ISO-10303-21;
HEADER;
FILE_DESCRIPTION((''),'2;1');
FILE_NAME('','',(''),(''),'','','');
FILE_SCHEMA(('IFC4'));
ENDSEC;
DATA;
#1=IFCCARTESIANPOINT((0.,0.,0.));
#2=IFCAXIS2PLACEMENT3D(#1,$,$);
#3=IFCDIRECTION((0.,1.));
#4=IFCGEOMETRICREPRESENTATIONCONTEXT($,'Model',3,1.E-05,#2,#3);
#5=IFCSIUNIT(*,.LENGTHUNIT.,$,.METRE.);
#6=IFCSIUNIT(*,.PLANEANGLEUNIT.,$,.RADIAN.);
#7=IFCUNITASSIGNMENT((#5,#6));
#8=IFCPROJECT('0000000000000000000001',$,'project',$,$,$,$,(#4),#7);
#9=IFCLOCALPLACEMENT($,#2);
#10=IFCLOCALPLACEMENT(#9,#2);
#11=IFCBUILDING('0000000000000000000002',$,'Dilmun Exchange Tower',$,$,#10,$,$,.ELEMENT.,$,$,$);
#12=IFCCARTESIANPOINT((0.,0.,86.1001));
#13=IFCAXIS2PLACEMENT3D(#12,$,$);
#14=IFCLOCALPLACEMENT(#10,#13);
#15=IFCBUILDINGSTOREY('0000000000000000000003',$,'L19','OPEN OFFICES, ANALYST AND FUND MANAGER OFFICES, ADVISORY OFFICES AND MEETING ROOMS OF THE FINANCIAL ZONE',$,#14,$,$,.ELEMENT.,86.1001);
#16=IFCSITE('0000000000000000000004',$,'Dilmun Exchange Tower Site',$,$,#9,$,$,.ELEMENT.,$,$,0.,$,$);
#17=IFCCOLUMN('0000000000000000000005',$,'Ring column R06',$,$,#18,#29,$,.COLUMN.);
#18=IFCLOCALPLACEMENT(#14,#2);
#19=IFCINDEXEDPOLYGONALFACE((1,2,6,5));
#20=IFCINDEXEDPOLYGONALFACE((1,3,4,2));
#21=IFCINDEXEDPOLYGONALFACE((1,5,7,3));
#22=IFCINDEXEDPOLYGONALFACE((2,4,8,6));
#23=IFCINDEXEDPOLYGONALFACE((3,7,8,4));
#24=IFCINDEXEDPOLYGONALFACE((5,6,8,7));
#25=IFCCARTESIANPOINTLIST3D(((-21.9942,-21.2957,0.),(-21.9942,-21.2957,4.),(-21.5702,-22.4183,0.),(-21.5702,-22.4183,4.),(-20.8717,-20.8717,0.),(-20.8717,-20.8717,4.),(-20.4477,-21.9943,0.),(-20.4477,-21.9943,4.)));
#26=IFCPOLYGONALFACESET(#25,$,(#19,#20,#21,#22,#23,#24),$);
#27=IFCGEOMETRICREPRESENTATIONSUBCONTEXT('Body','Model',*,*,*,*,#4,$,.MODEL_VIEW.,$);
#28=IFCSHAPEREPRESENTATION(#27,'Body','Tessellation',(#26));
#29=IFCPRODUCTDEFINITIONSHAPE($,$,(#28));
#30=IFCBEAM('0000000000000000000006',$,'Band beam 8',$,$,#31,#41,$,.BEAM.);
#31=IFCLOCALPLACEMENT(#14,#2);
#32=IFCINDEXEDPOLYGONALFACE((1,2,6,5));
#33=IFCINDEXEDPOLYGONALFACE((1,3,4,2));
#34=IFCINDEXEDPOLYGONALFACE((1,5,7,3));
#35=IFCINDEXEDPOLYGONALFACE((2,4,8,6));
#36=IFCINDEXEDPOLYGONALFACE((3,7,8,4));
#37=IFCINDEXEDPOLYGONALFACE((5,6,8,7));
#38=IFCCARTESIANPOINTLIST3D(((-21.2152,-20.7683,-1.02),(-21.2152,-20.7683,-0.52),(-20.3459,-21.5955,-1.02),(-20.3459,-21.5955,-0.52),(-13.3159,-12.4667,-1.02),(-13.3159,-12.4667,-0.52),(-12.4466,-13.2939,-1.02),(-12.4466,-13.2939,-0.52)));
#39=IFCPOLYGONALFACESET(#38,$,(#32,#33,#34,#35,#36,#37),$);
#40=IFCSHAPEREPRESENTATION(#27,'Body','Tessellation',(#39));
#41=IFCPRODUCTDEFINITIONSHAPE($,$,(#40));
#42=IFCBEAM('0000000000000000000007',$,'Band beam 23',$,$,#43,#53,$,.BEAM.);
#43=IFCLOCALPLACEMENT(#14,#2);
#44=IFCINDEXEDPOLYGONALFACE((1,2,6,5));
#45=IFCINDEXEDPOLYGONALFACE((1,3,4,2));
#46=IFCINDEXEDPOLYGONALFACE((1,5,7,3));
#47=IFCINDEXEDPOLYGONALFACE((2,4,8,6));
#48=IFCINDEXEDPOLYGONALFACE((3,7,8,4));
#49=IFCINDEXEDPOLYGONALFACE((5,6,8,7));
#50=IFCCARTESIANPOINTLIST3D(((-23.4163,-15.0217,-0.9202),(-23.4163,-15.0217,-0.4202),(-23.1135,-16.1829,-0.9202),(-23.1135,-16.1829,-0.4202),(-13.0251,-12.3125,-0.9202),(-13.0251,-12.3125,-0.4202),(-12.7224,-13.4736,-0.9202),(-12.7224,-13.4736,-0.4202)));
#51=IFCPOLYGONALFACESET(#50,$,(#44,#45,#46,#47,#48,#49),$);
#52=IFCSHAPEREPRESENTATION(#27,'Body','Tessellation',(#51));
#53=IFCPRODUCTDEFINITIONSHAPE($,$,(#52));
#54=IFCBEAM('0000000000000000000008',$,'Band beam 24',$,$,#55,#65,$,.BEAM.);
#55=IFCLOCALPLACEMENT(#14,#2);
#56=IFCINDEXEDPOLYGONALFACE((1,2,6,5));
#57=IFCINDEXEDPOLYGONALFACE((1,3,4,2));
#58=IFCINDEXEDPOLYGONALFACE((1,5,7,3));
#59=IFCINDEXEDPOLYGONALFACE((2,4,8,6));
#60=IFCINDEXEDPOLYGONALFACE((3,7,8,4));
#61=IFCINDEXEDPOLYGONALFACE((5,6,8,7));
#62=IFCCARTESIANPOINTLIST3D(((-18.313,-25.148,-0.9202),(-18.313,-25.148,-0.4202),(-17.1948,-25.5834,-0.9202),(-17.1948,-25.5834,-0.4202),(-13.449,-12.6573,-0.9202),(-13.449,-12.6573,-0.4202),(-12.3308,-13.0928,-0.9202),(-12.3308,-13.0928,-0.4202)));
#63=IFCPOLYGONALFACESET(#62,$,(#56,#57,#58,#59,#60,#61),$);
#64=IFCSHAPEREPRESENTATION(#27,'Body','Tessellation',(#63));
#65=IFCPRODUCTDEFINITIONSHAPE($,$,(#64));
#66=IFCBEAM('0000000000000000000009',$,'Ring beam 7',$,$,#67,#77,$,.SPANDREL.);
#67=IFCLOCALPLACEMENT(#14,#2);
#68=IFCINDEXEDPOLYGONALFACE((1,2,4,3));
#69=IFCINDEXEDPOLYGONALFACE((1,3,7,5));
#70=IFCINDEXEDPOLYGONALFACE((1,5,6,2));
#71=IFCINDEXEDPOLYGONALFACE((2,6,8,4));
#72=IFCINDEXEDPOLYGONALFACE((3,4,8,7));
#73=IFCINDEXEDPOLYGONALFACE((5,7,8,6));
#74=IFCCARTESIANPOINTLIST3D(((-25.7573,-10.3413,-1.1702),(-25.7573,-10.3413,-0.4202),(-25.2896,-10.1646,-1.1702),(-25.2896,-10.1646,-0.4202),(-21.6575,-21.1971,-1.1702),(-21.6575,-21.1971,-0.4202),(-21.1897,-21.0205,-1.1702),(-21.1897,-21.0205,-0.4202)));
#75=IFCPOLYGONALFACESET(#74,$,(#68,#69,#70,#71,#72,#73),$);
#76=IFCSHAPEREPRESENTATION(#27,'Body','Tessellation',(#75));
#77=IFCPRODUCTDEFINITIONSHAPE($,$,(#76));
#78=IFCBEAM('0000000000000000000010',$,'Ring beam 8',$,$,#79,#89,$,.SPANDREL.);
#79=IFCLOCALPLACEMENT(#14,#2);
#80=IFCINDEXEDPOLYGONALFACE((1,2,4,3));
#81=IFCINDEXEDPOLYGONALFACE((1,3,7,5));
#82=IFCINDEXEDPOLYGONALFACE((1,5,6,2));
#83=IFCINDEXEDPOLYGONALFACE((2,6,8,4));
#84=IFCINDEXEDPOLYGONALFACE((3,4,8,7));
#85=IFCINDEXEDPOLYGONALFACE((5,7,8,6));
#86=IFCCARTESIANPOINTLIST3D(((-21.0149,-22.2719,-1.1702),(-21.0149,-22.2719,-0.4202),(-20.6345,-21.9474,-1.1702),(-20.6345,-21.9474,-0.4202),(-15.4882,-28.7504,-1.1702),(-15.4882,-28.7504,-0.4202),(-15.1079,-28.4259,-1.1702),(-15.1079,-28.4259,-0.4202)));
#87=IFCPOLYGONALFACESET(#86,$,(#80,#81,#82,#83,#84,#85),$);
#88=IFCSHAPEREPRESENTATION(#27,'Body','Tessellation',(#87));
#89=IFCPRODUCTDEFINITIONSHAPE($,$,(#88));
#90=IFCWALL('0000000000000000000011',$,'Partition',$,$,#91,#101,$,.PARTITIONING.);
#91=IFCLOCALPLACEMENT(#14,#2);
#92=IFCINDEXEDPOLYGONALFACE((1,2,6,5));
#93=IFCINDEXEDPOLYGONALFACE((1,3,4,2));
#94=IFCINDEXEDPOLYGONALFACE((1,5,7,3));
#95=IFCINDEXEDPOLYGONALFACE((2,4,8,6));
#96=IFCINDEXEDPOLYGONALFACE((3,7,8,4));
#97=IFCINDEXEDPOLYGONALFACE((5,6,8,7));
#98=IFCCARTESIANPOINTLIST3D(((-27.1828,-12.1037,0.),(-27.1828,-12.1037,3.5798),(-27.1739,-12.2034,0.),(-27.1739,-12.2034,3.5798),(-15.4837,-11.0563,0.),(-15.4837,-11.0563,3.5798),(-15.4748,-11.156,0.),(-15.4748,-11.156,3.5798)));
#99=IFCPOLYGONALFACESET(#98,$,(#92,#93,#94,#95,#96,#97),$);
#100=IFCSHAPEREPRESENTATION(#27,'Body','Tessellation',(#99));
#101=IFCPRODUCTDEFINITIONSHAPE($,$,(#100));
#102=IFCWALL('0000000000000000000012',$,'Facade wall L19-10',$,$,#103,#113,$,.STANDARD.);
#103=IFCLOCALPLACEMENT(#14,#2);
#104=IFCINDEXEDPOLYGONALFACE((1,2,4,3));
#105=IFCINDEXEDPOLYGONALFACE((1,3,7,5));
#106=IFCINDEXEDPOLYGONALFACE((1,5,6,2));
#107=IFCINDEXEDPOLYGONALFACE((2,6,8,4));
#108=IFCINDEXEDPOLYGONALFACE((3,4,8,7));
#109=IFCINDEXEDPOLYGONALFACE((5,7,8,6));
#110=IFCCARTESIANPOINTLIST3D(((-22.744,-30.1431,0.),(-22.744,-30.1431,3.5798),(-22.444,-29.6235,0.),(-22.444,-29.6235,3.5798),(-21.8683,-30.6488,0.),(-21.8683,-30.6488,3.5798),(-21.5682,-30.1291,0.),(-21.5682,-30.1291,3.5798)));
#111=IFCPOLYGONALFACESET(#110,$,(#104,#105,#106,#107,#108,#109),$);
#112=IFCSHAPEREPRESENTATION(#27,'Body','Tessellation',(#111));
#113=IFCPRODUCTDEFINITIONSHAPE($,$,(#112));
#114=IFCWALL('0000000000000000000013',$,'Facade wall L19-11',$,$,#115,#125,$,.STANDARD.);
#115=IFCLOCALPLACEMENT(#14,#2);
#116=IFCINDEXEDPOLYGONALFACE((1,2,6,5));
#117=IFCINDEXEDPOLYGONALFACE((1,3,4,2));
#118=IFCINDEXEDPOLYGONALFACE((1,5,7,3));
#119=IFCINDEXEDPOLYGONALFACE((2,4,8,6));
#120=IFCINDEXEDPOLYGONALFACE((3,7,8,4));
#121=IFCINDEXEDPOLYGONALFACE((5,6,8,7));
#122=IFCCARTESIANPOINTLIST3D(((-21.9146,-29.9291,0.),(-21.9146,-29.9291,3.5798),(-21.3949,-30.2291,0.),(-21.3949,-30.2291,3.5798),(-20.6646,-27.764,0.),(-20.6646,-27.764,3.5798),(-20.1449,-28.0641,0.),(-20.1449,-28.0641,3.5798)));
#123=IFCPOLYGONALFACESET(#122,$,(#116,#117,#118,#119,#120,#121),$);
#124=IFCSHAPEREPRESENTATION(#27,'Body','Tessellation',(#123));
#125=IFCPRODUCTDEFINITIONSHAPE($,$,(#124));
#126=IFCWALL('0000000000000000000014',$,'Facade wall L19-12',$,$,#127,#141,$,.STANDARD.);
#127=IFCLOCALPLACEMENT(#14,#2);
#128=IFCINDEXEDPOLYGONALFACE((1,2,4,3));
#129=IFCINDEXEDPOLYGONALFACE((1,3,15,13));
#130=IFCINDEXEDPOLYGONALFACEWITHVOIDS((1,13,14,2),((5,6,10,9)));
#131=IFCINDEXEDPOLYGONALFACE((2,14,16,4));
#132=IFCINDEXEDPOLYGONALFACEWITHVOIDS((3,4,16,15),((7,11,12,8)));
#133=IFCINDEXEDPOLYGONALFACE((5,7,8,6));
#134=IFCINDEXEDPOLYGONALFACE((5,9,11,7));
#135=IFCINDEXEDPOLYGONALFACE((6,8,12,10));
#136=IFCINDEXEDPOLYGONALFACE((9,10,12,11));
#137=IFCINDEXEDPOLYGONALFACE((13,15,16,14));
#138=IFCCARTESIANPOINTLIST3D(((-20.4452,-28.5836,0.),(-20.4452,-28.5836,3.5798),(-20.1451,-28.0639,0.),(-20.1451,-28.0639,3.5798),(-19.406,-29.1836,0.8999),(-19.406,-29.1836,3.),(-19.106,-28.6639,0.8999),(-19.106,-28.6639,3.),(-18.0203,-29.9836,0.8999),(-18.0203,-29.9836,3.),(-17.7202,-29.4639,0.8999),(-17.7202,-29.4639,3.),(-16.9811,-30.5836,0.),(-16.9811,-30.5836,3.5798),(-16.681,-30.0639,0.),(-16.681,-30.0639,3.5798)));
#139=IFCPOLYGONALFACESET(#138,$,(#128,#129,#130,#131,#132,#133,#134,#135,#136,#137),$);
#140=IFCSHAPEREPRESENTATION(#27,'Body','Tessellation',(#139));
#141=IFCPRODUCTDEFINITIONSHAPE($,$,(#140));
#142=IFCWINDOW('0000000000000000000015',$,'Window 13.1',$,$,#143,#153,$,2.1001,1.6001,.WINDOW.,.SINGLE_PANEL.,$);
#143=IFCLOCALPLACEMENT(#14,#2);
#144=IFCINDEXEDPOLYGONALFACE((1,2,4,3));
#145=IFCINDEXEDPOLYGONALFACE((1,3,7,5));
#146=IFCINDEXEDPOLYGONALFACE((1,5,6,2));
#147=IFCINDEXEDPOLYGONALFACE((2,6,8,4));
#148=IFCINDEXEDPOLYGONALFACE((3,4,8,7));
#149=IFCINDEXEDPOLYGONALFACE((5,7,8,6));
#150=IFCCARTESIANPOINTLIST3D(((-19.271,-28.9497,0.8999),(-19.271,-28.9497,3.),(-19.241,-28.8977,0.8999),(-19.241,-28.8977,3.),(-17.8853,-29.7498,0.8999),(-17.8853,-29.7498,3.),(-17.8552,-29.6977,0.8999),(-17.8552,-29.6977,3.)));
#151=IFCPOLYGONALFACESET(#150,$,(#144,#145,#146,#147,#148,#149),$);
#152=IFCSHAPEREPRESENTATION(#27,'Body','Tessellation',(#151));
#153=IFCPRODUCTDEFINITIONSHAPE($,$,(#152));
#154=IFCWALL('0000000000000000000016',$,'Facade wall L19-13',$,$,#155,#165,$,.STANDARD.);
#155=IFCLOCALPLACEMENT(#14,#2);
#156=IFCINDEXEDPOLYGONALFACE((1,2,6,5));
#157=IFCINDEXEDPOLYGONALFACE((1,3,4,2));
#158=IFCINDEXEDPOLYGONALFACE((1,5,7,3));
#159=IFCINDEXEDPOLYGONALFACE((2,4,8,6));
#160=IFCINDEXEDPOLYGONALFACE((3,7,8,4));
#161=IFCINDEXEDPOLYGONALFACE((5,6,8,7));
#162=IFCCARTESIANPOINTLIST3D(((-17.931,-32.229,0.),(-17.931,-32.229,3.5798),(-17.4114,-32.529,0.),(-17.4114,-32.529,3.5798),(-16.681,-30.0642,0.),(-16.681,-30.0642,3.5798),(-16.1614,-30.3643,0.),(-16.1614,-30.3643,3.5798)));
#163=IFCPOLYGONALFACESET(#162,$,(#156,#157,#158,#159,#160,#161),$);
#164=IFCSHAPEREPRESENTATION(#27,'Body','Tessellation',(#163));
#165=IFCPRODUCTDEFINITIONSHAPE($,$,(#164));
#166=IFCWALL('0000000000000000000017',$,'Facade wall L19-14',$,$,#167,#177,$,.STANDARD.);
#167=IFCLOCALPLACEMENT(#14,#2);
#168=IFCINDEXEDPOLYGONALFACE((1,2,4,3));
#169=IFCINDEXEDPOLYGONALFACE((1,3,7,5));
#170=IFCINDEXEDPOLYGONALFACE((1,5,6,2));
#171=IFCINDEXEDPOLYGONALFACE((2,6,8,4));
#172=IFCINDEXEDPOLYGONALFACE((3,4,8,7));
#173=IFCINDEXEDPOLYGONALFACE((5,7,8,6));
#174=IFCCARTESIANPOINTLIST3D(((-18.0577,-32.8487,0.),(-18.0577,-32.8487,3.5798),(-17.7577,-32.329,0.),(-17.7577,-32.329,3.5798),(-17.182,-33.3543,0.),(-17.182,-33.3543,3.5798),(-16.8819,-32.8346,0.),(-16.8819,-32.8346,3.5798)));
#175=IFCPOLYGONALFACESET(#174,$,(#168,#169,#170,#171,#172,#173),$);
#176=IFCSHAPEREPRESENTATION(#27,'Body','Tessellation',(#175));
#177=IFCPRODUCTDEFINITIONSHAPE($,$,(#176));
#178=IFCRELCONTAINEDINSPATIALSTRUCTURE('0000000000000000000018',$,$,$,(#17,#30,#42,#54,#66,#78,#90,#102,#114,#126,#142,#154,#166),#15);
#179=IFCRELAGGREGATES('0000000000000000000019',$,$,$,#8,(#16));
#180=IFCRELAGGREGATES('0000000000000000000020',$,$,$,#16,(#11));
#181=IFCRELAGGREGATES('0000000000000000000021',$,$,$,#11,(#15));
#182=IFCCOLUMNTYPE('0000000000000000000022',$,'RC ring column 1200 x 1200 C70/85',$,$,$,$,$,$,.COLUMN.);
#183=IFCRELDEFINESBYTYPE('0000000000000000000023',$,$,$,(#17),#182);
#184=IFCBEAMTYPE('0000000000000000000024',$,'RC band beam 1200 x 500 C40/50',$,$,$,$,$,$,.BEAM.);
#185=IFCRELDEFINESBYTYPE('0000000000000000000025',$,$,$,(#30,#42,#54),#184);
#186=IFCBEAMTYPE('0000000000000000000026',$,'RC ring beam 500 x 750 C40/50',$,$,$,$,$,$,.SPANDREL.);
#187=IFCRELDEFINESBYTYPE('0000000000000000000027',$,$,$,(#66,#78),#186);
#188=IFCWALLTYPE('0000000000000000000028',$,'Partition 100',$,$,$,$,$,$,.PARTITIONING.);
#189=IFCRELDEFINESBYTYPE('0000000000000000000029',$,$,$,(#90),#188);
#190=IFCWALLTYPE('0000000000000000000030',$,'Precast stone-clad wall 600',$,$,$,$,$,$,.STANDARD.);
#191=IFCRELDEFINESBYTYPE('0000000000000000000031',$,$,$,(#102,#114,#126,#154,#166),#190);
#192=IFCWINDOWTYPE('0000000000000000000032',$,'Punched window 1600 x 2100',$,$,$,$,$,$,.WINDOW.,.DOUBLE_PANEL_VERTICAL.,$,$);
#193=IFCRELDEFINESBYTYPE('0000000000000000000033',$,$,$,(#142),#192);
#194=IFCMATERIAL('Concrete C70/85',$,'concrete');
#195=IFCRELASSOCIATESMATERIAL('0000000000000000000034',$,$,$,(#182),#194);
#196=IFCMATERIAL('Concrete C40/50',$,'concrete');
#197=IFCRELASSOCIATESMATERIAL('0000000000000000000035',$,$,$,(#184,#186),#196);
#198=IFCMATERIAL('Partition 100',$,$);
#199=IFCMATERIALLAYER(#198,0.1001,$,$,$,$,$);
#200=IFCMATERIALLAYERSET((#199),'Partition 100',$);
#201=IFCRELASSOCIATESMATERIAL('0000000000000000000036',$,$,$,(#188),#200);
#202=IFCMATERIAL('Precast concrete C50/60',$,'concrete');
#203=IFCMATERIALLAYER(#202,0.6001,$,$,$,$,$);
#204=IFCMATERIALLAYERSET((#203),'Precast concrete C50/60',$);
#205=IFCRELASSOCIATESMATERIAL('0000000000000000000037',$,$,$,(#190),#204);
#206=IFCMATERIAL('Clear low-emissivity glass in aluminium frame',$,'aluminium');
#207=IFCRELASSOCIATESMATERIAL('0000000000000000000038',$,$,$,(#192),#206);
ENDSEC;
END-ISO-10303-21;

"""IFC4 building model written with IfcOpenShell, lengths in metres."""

from ifc_helpers import new_model, si_unit, direction, frame, frame_2d, origin, origin_2d, place, context, subcontext, project, spatial, rectangle, extrude, material, layer, layer_set, material_profile, profile_set, type_object, element, fill, save


model = new_model("IFC4")

# Units and contexts
model_context = context("Model", 3, precision=1e-05, world=origin(), true_north=direction((0.0, 1.0)))
body_context = subcontext(model_context, "Body", "Model", "MODEL_VIEW")
ifc_project = project(units=[si_unit("LENGTHUNIT", "METRE"), si_unit("PLANEANGLEUNIT", "RADIAN")], contexts=[model_context])

# Site, building, storey
site_placement = place(None, origin())
site = spatial("IfcSite", under=ifc_project, at=site_placement, Name="Dilmun Exchange Tower Site", CompositionType="ELEMENT", RefElevation=0.0)
building_placement = place(site_placement, origin())
building = spatial("IfcBuilding", under=site, at=building_placement, Name="Dilmun Exchange Tower", CompositionType="ELEMENT")
storey_placement = place(building_placement, frame((0.0, 0.0, 86.1001)))
storey = spatial("IfcBuildingStorey", under=building, at=storey_placement, Name="L19", Description="OPEN OFFICES, ANALYST AND FUND MANAGER OFFICES, ADVISORY OFFICES AND MEETING ROOMS OF THE FINANCIAL ZONE", CompositionType="ELEMENT", Elevation=86.1001)

# Column
ifc_material_1 = material(Name="Concrete C70/85", Category="concrete")
ifc_material_profile_1 = material_profile(ifc_material_1, rectangle(XDim=1.2, YDim=1.2, at=origin_2d()), Name="1200 x 1200")
ifc_profile_set_1 = profile_set([ifc_material_profile_1], Name="Concrete C70/85")
column_type = type_object("IfcColumnType", Name="RC ring column 1200 x 1200 C70/85", PredefinedType="COLUMN", material=ifc_profile_set_1)
column_placement = place(storey_placement, frame((-21.2209, -21.645, 0.0), z_axis=(0.0, 0.0, 1.0), x_axis=(0.935492, 0.353349, 0.0)))
element("IfcColumn", 1, at=column_placement, inside=storey, type_object=column_type, Name="Ring column R06", PredefinedType="COLUMN", context=body_context, shape_type="SweptSolid", body=[
    extrude(rectangle(XDim=1.2, YDim=1.2, at=origin_2d()), origin(), (0.0, 0.0, 1.0), 4.0),
])

# Beams
ifc_material_2 = material(Name="Concrete C40/50", Category="concrete")
ifc_material_profile_2 = material_profile(ifc_material_2, rectangle(XDim=1.2, YDim=0.5, at=origin_2d()), Name="1200 x 500")
ifc_profile_set_2 = profile_set([ifc_material_profile_2], Name="Concrete C40/50")
beam_type_1 = type_object("IfcBeamType", Name="RC band beam 1200 x 500 C40/50", PredefinedType="BEAM", material=ifc_profile_set_2)
beam_1_placement = place(storey_placement, frame((-20.7805, -21.1819, -0.77), z_axis=(0.689333, 0.724444, 0.0), x_axis=(-0.724444, 0.689333, 0.0)))
element("IfcBeam", 2, at=beam_1_placement, inside=storey, type_object=beam_type_1, Name="Band beam 8", PredefinedType="BEAM", context=body_context, shape_type="SweptSolid", body=[
    extrude(rectangle(XDim=1.2, YDim=0.5, at=origin_2d()), origin(), (0.0, 0.0, 1.0), 11.4592),
])
beam_2_placement = place(storey_placement, frame((-23.2649, -15.6023, -0.6702), z_axis=(0.967651, 0.252291, 0.0), x_axis=(-0.252291, 0.967651, 0.0)))
element("IfcBeam", 3, at=beam_2_placement, inside=storey, type_object=beam_type_1, Name="Band beam 23", PredefinedType="BEAM", context=body_context, shape_type="SweptSolid", body=[
    extrude(rectangle(XDim=1.2, YDim=0.5, at=origin_2d()), origin(), (0.0, 0.0, 1.0), 10.7385),
])
beam_3_placement = place(storey_placement, frame((-17.7539, -25.3657, -0.6702), z_axis=(0.362868, 0.931841, 0.0), x_axis=(-0.931841, 0.362868, 0.0)))
element("IfcBeam", 4, at=beam_3_placement, inside=storey, type_object=beam_type_1, Name="Band beam 24", PredefinedType="BEAM", context=body_context, shape_type="SweptSolid", body=[
    extrude(rectangle(XDim=1.2, YDim=0.5, at=origin_2d()), origin(), (0.0, 0.0, 1.0), 13.4043),
])
ifc_material_profile_3 = material_profile(ifc_material_2, rectangle(XDim=0.5, YDim=0.75, at=origin_2d()), Name="500 x 750")
ifc_profile_set_3 = profile_set([ifc_material_profile_3], Name="Concrete C40/50")
beam_type_2 = type_object("IfcBeamType", Name="RC ring beam 500 x 750 C40/50", PredefinedType="SPANDREL", material=ifc_profile_set_3)
beam_4_placement = place(storey_placement, frame((-25.5234, -10.2529, -0.7952), z_axis=(0.353304, -0.935509, 0.0), x_axis=(0.935509, 0.353304, 0.0)))
element("IfcBeam", 5, at=beam_4_placement, inside=storey, type_object=beam_type_2, Name="Ring beam 7", PredefinedType="SPANDREL", context=body_context, shape_type="SweptSolid", body=[
    extrude(rectangle(XDim=0.5, YDim=0.75, at=origin_2d()), origin(), (0.0, 0.0, 1.0), 11.6042),
])
beam_5_placement = place(storey_placement, frame((-20.8247, -22.1096, -0.7952), z_axis=(0.649002, -0.760786, 0.0), x_axis=(0.760786, 0.649002, 0.0)))
element("IfcBeam", 6, at=beam_5_placement, inside=storey, type_object=beam_type_2, Name="Ring beam 8", PredefinedType="SPANDREL", context=body_context, shape_type="SweptSolid", body=[
    extrude(rectangle(XDim=0.5, YDim=0.75, at=origin_2d()), origin(), (0.0, 0.0, 1.0), 8.5156),
])

# Walls
ifc_material_3 = material(Name="Partition 100")
ifc_layer_1 = layer(ifc_material_3, 0.1001)
ifc_layer_set_1 = layer_set([ifc_layer_1], Name="Partition 100")
wall_type_1 = type_object("IfcWallType", Name="Partition 100", PredefinedType="PARTITIONING", material=ifc_layer_set_1)
wall_1_placement = place(storey_placement, frame((-27.1785, -12.1536, 0.0), z_axis=(0.0, 0.0, 1.0), x_axis=(0.996016, 0.089169, 0.0)))
element("IfcWall", 7, at=wall_1_placement, inside=storey, type_object=wall_type_1, Name="Partition", PredefinedType="PARTITIONING", context=body_context, shape_type="SweptSolid", body=[
    extrude(rectangle(XDim=11.7458, YDim=0.1001, at=frame_2d((5.873, 0.0))), origin(), (0.0, 0.0, 1.0), 3.5798),
])
ifc_material_4 = material(Name="Precast concrete C50/60", Category="concrete")
ifc_layer_2 = layer(ifc_material_4, 0.6001)
ifc_layer_set_2 = layer_set([ifc_layer_2], Name="Precast concrete C50/60")
wall_type_2 = type_object("IfcWallType", Name="Precast stone-clad wall 600", PredefinedType="STANDARD", material=ifc_layer_set_2)
wall_2_placement = place(storey_placement, frame((-22.594, -29.8833, 0.0), z_axis=(0.0, 0.0, 1.0), x_axis=(0.866021, -0.500008, 0.0)))
element("IfcWall", 8, at=wall_2_placement, inside=storey, type_object=wall_type_2, Name="Facade wall L19-10", PredefinedType="STANDARD", context=body_context, shape_type="SweptSolid", body=[
    extrude(rectangle(XDim=1.0112, YDim=0.6001, at=frame_2d((0.5056, 0.0))), origin(), (0.0, 0.0, 1.0), 3.5798),
])
wall_3_placement = place(storey_placement, frame((-21.6548, -30.0791, 0.0), z_axis=(0.0, 0.0, 1.0), x_axis=(0.500004, 0.866023, 0.0)))
element("IfcWall", 9, at=wall_3_placement, inside=storey, type_object=wall_type_2, Name="Facade wall L19-11", PredefinedType="STANDARD", context=body_context, shape_type="SweptSolid", body=[
    extrude(rectangle(XDim=2.5, YDim=0.6001, at=frame_2d((1.25, 0.0))), origin(), (0.0, 0.0, 1.0), 3.5798),
])

# Wall, opening, window
wall_4_placement = place(storey_placement, frame((-20.2952, -28.3237, 0.0), z_axis=(0.0, 0.0, 1.0), x_axis=(0.866026, -0.499999, 0.0)))
wall_4 = element("IfcWall", 10, at=wall_4_placement, inside=storey, type_object=wall_type_2, Name="Facade wall L19-12", PredefinedType="STANDARD", context=body_context, shape_type="SweptSolid", body=[
    extrude(rectangle(XDim=4.0, YDim=0.6001, at=frame_2d((2.0, 0.0))), origin(), (0.0, 0.0, 1.0), 3.5798),
])
opening_1_placement = place(wall_4_placement, frame((1.2, 0.0, 0.8999)))
opening_1 = element("IfcOpeningElement", 11, at=opening_1_placement, cuts=wall_4, PredefinedType="OPENING", context=body_context, shape_type="SweptSolid", body=[
    extrude(rectangle(XDim=1.6001, YDim=2.1001, at=frame_2d((0.8, 1.05))), frame((0.0, 0.3101, 0.0), z_axis=(0.0, -1.0, 0.0), x_axis=(1.0, 0.0, 0.0)), (0.0, 0.0, 1.0), 0.6201),
])
ifc_material_5 = material(Name="Clear low-emissivity glass in aluminium frame", Category="aluminium")
window_type_1 = type_object("IfcWindowType", Name="Punched window 1600 x 2100", PartitioningType="DOUBLE_PANEL_VERTICAL", PredefinedType="WINDOW", material=ifc_material_5)
window_1_placement = place(opening_1_placement, origin())
window_1 = element("IfcWindow", 12, at=window_1_placement, inside=storey, type_object=window_type_1, Name="Window 13.1", OverallHeight=2.1001, OverallWidth=1.6001, PartitioningType="SINGLE_PANEL", PredefinedType="WINDOW", context=body_context, shape_type="SweptSolid", body=[
    extrude(rectangle(XDim=1.6001, YDim=2.1001, at=frame_2d((0.8, 1.05))), frame((0.0, 0.03, 0.0), z_axis=(0.0, -1.0, 0.0), x_axis=(1.0, 0.0, 0.0)), (0.0, 0.0, 1.0), 0.0601),
])
fill(opening_1, window_1)

# Walls
wall_5_placement = place(storey_placement, frame((-16.4211, -30.2141, 0.0), z_axis=(0.0, 0.0, 1.0), x_axis=(-0.500047, -0.865999, 0.0)))
element("IfcWall", 13, at=wall_5_placement, inside=storey, type_object=wall_type_2, Name="Facade wall L19-13", PredefinedType="STANDARD", context=body_context, shape_type="SweptSolid", body=[
    extrude(rectangle(XDim=2.4998, YDim=0.6001, at=frame_2d((1.25, 0.0))), origin(), (0.0, 0.0, 1.0), 3.5798),
])
wall_6_placement = place(storey_placement, frame((-17.9077, -32.5889, 0.0), z_axis=(0.0, 0.0, 1.0), x_axis=(0.866021, -0.500008, 0.0)))
element("IfcWall", 14, at=wall_6_placement, inside=storey, type_object=wall_type_2, Name="Facade wall L19-14", PredefinedType="STANDARD", context=body_context, shape_type="SweptSolid", body=[
    extrude(rectangle(XDim=1.0112, YDim=0.6001, at=frame_2d((0.5056, 0.0))), origin(), (0.0, 0.0, 1.0), 3.5798),
])

save(model, "model.ifc")
